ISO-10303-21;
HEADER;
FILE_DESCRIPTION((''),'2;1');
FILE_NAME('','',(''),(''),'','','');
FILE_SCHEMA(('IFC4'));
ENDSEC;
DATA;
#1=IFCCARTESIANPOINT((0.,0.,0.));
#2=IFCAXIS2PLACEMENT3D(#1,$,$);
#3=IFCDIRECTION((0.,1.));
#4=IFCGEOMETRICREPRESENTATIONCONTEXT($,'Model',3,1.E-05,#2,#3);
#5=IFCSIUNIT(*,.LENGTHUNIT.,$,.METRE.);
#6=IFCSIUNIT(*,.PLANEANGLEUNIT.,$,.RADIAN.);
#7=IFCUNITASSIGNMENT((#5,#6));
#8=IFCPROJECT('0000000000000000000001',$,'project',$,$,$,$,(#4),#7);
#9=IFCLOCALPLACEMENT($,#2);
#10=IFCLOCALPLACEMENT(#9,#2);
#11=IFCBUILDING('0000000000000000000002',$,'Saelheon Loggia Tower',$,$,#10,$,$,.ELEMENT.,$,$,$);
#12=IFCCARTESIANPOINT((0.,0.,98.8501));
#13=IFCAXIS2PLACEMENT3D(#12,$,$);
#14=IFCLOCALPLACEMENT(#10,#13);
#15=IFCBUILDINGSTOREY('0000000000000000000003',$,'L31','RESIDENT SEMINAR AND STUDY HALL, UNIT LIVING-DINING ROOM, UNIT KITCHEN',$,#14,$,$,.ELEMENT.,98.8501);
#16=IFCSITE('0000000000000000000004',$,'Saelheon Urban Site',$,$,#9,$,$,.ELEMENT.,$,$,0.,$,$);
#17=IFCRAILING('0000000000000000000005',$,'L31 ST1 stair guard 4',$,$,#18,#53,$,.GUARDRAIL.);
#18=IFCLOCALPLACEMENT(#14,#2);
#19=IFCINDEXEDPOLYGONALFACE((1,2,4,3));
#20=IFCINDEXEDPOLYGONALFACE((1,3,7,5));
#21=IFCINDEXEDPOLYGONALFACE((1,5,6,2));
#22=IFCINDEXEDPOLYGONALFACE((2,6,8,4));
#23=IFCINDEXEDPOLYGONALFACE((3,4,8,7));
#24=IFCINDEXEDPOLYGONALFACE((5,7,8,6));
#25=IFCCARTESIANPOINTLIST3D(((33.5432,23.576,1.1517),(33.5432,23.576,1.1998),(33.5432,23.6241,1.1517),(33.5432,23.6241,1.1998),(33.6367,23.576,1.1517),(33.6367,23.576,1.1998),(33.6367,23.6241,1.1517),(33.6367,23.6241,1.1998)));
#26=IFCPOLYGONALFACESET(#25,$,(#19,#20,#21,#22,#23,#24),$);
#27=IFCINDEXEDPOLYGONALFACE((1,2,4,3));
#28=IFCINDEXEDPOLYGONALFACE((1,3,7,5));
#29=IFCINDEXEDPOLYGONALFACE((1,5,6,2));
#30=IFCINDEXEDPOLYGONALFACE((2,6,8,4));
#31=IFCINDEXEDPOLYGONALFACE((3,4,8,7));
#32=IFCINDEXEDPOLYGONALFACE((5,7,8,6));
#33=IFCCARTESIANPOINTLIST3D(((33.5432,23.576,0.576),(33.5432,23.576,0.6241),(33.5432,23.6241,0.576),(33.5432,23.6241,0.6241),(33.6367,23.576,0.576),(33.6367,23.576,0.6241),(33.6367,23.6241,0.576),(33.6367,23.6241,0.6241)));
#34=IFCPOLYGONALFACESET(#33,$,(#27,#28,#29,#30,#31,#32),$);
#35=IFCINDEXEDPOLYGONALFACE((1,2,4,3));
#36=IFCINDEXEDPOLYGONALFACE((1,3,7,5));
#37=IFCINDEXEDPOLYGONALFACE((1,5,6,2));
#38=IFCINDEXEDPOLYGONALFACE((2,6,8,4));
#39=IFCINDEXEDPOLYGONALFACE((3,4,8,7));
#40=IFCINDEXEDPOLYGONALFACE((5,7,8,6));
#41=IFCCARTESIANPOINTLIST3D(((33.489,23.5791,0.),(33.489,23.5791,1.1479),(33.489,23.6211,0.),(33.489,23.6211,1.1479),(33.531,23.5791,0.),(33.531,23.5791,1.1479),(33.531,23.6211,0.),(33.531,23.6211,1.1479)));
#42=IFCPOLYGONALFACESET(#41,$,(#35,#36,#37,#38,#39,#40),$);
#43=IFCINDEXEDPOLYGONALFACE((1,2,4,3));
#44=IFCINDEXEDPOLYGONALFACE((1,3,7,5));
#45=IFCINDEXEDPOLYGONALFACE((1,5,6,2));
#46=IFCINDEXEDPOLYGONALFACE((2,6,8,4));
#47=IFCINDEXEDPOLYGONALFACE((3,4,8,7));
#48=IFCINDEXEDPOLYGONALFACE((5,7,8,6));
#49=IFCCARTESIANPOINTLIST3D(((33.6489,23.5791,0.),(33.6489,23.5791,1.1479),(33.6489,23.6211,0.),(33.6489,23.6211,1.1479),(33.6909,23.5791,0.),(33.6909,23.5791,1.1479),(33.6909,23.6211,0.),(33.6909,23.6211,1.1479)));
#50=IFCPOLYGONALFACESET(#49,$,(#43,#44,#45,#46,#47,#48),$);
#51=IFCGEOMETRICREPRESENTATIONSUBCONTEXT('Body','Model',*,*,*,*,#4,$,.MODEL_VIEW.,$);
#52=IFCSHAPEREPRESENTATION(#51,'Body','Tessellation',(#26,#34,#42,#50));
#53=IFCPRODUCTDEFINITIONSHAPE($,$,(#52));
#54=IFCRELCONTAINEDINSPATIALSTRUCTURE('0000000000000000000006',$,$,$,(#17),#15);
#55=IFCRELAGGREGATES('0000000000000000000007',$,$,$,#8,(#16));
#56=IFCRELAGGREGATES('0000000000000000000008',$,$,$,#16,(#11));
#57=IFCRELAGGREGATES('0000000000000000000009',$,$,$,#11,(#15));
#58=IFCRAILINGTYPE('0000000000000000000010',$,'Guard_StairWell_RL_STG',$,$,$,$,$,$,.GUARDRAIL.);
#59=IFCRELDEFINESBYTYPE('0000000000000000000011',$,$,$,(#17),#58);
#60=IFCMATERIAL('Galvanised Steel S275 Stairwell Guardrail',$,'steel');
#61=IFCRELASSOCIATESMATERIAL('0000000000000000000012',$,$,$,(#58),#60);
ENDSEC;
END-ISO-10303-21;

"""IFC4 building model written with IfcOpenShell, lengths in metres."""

from ifc_helpers import new_model, si_unit, direction, frame, origin, origin_2d, place, context, subcontext, project, spatial, rectangle, extrude, material, type_object, element, save


model = new_model("IFC4")

# Units and contexts
model_context = context("Model", 3, precision=1e-05, world=origin(), true_north=direction((0.0, 1.0)))
body_context = subcontext(model_context, "Body", "Model", "MODEL_VIEW")
ifc_project = project(units=[si_unit("LENGTHUNIT", "METRE"), si_unit("PLANEANGLEUNIT", "RADIAN")], contexts=[model_context])

# Site, building, storey
site_placement = place(None, origin())
site = spatial("IfcSite", under=ifc_project, at=site_placement, Name="Saelheon Urban Site", CompositionType="ELEMENT", RefElevation=0.0)
building_placement = place(site_placement, origin())
building = spatial("IfcBuilding", under=site, at=building_placement, Name="Saelheon Loggia Tower", CompositionType="ELEMENT")
storey_placement = place(building_placement, frame((0.0, 0.0, 98.8501)))
storey = spatial("IfcBuildingStorey", under=building, at=storey_placement, Name="L31", Description="RESIDENT SEMINAR AND STUDY HALL, UNIT LIVING-DINING ROOM, UNIT KITCHEN", CompositionType="ELEMENT", Elevation=98.8501)

# Railing
ifc_material_1 = material(Name="Galvanised Steel S275 Stairwell Guardrail", Category="steel")
railing_type = type_object("IfcRailingType", Name="Guard_StairWell_RL_STG", PredefinedType="GUARDRAIL", material=ifc_material_1)
railing_placement = place(storey_placement, frame((33.51, 23.6001, 0.0)))
element("IfcRailing", 1, at=railing_placement, inside=storey, type_object=railing_type, Name="L31 ST1 stair guard 4", PredefinedType="GUARDRAIL", context=body_context, shape_type="SweptSolid", body=[
    extrude(rectangle(XDim=0.0481, YDim=0.0481, at=origin_2d()), frame((0.0332, 0.0, 1.1758), z_axis=(1.0, 0.0, 0.0), x_axis=(0.0, 1.0, 0.0)), (0.0, 0.0, 1.0), 0.0935),
    extrude(rectangle(XDim=0.0481, YDim=0.0481, at=origin_2d()), frame((0.0332, 0.0, 0.6001), z_axis=(1.0, 0.0, 0.0), x_axis=(0.0, 1.0, 0.0)), (0.0, 0.0, 1.0), 0.0935),
    extrude(rectangle(XDim=0.042, YDim=0.042, at=origin_2d()), origin(), (0.0, 0.0, 1.0), 1.1479),
    extrude(rectangle(XDim=0.042, YDim=0.042, at=origin_2d()), frame((0.1599, 0.0, 0.0)), (0.0, 0.0, 1.0), 1.1479),
])

save(model, "model.ifc")
